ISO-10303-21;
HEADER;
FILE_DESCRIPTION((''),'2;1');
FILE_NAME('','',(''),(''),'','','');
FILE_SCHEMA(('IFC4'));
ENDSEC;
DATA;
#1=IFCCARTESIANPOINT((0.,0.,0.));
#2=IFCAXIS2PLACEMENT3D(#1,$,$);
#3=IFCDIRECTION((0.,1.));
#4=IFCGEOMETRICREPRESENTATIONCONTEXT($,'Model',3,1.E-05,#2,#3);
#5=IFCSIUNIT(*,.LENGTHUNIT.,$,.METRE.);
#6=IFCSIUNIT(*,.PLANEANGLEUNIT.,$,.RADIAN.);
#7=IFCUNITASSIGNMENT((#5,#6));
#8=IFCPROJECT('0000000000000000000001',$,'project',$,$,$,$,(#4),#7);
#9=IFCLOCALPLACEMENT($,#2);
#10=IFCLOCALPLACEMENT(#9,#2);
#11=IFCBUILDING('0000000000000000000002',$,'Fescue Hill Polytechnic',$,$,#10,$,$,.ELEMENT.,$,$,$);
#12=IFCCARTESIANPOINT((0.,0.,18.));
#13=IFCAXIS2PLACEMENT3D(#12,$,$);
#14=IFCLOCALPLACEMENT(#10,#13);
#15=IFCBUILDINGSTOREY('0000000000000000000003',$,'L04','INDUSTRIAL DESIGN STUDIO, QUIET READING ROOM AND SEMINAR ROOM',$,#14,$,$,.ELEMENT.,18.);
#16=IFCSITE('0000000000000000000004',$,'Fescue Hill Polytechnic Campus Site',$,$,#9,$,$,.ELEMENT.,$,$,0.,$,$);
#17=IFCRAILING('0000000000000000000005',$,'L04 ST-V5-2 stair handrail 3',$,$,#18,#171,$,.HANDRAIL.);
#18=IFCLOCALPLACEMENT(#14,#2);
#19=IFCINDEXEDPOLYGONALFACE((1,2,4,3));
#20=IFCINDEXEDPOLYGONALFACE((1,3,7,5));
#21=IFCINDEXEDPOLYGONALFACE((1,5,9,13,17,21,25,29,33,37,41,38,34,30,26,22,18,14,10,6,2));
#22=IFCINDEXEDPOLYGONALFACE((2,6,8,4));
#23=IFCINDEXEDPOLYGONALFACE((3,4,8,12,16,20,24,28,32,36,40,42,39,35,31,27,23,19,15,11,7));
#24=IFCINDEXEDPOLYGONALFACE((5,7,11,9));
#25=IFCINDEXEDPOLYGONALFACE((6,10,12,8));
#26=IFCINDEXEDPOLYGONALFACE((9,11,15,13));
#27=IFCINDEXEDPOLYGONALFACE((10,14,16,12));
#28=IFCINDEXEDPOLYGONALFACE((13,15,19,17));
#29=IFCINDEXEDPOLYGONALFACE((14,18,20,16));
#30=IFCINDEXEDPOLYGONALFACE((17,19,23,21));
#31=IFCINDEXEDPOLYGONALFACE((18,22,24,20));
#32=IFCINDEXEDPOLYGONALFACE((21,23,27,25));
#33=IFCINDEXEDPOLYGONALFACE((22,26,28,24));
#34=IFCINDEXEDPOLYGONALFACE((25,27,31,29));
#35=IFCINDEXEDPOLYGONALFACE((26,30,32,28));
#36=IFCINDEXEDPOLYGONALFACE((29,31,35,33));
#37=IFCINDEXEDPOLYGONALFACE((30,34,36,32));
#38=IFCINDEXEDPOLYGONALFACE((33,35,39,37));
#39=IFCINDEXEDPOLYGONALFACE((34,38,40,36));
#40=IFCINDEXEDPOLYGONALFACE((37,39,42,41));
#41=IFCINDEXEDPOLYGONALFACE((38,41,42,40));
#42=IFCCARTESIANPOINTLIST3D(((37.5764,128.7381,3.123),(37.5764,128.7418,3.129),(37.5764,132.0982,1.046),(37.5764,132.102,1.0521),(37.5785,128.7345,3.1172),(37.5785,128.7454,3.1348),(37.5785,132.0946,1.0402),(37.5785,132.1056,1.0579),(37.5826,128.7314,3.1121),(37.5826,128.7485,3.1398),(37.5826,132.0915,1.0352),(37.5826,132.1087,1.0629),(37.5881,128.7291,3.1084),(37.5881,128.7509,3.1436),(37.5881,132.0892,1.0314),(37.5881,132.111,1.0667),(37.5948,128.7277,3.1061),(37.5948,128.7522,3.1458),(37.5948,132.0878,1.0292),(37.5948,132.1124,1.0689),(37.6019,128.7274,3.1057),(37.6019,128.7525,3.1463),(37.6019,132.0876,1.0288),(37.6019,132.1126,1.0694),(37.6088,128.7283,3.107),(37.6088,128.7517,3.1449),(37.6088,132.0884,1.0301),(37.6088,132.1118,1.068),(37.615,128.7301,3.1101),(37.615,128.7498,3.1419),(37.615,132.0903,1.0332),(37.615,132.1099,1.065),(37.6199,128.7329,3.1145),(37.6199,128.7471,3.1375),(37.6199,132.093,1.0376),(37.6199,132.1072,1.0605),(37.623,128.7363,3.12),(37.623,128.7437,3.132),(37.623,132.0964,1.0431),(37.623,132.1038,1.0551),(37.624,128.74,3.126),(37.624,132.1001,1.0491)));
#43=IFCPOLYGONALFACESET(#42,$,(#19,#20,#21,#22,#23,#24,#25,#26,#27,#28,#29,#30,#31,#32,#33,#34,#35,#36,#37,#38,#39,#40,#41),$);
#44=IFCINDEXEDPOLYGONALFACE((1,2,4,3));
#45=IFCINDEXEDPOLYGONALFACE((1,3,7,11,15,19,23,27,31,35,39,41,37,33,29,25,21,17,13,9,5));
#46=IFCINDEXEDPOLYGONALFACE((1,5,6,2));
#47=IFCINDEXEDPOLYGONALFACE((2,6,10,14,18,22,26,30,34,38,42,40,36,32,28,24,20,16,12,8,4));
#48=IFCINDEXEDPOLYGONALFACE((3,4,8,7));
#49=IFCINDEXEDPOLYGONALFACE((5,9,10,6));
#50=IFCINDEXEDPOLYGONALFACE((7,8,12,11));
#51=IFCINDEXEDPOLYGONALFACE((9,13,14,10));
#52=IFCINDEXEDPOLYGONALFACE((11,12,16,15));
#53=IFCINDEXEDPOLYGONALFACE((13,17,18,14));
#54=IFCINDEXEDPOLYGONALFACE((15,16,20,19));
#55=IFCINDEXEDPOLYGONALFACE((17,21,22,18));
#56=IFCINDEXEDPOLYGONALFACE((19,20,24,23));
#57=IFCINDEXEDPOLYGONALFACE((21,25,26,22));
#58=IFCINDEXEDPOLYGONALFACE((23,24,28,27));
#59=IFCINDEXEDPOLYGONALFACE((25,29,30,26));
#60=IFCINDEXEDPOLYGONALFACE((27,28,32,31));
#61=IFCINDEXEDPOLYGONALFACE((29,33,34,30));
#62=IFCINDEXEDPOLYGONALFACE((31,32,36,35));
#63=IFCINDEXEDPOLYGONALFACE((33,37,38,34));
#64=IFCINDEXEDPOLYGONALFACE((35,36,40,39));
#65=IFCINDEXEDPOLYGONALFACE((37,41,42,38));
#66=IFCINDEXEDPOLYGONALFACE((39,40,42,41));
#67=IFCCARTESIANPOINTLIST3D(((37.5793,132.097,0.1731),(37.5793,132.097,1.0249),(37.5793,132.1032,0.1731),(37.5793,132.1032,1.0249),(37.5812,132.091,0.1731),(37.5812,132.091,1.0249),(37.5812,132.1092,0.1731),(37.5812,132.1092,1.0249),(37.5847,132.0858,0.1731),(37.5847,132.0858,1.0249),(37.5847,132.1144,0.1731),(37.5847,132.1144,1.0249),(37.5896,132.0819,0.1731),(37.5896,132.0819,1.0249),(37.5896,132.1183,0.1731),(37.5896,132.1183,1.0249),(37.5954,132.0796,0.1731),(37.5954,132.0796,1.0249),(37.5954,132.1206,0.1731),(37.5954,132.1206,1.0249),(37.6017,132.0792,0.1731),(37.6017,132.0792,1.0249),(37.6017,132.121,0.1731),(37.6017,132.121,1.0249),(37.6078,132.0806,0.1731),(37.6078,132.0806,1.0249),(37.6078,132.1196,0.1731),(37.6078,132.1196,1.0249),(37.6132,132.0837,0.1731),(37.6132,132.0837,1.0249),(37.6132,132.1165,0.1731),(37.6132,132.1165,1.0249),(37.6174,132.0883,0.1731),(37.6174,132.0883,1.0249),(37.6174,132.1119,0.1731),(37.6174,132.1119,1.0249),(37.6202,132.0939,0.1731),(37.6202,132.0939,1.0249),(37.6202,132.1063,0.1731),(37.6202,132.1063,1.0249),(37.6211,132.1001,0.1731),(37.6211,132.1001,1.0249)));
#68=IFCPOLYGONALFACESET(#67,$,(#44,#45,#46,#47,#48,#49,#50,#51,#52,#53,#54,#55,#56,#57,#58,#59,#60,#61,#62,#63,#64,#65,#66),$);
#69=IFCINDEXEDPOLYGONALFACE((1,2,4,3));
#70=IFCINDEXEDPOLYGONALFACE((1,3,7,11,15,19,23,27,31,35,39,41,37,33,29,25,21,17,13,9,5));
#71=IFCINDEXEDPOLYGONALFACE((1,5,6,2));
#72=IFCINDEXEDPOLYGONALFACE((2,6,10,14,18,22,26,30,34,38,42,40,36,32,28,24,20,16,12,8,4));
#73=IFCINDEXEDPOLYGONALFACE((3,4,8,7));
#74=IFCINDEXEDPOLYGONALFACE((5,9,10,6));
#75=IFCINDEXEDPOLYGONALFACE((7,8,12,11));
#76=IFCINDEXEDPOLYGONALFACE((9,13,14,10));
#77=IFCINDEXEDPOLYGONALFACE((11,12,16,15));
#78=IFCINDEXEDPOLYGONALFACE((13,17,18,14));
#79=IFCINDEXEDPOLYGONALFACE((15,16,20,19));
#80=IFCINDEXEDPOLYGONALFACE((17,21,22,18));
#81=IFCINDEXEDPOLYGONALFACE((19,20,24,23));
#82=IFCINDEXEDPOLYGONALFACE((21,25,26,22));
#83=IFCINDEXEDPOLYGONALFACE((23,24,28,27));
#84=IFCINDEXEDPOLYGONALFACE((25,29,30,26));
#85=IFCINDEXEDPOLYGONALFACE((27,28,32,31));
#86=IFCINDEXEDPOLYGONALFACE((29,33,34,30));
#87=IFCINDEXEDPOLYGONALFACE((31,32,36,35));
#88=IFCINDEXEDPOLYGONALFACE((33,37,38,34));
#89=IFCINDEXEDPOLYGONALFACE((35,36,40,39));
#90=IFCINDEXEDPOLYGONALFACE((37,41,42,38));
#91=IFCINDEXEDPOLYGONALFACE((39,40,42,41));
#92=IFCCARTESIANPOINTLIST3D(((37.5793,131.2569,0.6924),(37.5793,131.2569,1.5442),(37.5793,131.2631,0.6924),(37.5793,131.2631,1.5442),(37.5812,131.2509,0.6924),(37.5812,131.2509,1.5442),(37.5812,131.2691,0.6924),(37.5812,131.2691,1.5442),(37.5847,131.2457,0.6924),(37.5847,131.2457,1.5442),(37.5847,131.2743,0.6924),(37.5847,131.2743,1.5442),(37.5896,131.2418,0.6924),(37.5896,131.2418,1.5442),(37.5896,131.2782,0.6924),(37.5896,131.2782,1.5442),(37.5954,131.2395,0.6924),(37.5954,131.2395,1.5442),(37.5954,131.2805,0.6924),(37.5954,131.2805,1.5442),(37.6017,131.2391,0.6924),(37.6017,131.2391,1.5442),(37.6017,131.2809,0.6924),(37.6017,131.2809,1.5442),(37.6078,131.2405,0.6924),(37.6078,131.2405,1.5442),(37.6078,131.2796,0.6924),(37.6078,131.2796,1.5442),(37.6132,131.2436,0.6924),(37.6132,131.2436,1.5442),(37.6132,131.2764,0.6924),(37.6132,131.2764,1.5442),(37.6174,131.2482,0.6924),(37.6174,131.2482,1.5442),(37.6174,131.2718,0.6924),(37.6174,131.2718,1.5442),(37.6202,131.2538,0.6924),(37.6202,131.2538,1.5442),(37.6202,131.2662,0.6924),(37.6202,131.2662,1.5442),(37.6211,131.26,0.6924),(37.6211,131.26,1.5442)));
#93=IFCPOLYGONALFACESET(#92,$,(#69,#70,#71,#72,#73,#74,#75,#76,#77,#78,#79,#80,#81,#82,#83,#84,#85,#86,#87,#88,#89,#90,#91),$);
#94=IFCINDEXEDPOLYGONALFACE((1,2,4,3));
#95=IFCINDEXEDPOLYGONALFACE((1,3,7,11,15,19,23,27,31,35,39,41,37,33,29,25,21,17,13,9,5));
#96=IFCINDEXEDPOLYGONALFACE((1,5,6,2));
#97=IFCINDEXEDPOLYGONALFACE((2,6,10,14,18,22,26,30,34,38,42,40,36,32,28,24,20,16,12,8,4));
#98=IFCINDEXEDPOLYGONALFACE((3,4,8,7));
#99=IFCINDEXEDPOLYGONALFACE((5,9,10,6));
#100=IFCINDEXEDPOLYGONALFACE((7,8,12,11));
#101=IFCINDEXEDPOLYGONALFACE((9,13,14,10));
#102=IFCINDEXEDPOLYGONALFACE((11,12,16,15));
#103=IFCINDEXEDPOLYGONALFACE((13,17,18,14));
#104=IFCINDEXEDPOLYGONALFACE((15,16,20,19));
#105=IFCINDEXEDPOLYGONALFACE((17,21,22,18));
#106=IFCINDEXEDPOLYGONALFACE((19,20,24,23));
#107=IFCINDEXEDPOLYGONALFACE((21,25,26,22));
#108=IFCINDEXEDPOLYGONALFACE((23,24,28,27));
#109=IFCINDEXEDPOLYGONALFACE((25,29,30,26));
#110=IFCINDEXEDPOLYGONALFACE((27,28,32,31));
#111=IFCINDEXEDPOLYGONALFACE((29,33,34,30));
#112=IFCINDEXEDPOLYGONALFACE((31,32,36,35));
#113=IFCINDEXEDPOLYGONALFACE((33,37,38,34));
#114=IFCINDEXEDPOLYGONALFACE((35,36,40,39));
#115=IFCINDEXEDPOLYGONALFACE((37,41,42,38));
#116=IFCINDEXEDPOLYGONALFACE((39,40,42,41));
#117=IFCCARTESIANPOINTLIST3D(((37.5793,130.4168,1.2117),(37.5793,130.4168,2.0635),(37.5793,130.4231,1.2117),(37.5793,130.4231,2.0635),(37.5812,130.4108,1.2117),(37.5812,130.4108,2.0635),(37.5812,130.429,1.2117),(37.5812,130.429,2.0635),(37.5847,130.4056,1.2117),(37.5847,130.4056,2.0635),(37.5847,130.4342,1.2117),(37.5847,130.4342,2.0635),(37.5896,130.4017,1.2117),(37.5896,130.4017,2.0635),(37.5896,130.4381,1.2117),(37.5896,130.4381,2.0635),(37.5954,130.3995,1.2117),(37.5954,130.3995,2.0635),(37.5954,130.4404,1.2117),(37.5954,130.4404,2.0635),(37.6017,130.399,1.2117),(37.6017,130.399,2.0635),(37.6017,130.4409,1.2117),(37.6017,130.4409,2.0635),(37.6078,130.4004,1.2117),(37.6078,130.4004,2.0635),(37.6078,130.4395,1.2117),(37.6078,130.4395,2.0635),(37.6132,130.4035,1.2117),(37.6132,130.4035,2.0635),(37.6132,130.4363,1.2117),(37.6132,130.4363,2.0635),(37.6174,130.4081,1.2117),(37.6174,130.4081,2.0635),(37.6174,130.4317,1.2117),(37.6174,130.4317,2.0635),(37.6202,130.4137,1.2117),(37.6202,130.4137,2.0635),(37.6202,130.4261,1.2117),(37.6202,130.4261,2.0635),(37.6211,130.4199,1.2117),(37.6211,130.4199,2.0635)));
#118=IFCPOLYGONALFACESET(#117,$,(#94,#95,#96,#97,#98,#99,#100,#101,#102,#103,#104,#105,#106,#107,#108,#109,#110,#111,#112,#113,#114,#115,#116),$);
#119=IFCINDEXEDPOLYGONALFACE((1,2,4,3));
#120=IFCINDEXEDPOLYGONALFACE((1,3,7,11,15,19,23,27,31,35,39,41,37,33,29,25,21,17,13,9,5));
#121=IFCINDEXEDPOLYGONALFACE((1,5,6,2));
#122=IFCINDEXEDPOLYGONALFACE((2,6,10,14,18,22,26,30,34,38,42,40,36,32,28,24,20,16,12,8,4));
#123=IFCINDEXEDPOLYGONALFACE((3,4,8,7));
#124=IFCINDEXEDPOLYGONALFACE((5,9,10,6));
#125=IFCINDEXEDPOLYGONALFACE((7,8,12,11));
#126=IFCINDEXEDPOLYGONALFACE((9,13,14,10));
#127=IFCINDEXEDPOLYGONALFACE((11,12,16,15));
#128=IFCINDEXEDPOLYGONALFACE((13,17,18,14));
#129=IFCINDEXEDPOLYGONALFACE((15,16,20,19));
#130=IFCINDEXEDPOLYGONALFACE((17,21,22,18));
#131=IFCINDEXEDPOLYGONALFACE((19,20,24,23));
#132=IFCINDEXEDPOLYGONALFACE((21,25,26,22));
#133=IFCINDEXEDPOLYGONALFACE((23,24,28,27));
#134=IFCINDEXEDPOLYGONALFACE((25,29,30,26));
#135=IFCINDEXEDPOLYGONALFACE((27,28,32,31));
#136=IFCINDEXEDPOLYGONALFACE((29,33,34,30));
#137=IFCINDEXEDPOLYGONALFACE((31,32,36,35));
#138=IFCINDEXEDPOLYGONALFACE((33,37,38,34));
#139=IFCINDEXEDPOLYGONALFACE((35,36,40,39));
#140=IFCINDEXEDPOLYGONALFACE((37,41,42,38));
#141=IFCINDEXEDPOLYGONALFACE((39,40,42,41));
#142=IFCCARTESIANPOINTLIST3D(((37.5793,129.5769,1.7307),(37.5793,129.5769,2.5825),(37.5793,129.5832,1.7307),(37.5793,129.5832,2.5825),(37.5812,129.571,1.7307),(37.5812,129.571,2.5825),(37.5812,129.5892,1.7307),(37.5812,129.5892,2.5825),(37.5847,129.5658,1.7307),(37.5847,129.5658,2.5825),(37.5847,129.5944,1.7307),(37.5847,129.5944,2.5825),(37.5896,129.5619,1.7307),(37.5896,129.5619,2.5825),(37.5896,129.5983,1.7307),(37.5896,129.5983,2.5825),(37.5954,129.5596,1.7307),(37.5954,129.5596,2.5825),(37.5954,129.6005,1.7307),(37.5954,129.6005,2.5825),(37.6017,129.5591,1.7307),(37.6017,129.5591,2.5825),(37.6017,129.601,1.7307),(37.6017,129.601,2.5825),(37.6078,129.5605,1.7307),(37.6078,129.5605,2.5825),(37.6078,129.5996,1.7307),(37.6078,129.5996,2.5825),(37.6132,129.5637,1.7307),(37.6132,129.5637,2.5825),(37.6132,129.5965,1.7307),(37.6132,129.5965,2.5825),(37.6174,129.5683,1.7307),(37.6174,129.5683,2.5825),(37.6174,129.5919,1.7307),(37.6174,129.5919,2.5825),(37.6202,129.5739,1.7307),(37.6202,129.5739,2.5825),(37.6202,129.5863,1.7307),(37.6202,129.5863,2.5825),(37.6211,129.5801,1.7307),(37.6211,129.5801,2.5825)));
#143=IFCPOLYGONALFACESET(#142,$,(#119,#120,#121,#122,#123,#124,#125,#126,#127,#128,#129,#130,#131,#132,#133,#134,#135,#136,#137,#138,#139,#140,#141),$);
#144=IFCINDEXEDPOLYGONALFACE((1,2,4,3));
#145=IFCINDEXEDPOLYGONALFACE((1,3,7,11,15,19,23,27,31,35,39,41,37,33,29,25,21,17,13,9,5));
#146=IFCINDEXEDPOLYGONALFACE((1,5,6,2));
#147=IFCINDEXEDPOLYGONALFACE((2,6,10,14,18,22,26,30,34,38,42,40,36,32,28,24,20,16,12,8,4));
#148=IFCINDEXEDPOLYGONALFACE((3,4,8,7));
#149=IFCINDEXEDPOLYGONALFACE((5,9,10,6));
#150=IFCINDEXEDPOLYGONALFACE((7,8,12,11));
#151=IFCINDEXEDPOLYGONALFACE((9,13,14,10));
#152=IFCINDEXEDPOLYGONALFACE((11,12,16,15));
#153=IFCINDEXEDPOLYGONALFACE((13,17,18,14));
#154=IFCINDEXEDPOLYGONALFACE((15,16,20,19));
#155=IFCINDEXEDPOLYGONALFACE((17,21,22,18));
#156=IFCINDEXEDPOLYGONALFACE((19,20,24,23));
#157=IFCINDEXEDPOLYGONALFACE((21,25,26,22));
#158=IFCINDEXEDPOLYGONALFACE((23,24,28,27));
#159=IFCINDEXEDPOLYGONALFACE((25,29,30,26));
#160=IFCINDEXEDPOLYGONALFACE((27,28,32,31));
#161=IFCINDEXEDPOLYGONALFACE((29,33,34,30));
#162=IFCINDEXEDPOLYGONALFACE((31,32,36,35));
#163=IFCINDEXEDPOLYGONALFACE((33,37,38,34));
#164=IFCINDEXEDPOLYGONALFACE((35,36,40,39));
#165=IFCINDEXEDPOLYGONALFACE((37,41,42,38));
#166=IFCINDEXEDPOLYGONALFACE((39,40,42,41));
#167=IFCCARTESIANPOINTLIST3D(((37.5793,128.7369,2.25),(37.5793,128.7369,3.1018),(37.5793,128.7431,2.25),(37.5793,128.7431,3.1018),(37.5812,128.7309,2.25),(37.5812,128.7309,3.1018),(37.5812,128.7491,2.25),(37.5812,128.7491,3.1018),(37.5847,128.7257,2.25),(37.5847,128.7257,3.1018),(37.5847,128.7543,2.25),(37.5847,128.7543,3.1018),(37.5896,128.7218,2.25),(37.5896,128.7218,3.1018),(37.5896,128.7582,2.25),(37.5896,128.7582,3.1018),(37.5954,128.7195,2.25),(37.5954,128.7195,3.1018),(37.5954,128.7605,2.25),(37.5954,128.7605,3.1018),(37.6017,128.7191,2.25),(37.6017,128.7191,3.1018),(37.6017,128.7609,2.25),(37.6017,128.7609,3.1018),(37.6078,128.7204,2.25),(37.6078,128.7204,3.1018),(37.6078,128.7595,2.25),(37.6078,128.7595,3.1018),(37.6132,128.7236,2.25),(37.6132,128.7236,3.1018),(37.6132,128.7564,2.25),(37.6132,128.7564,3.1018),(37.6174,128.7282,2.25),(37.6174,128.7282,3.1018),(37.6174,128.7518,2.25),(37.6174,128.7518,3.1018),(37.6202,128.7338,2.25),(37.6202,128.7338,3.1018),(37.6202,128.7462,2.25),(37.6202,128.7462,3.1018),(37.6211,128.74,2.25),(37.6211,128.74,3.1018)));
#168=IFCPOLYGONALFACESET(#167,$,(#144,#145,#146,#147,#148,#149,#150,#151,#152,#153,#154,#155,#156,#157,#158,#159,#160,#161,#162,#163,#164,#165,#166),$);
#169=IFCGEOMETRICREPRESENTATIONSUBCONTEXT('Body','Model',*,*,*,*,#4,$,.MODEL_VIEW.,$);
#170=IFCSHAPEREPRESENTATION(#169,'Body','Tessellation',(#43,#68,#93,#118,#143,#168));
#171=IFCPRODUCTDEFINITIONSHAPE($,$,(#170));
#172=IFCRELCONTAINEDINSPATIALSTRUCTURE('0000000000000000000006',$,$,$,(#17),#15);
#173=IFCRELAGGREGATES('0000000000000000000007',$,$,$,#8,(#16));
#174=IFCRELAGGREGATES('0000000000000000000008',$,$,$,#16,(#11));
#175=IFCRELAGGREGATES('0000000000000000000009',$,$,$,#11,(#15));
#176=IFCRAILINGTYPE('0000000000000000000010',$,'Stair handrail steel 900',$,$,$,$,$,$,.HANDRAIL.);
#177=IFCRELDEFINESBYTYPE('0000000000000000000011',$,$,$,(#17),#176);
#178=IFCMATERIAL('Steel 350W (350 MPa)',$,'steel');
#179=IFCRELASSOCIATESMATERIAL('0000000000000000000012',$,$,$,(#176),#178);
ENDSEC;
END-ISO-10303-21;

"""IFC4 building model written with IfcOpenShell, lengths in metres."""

from ifc_helpers import new_model, si_unit, direction, frame, origin, origin_2d, place, context, subcontext, project, spatial, circle, extrude, material, type_object, element, save


model = new_model("IFC4")

# Units and contexts
model_context = context("Model", 3, precision=1e-05, world=origin(), true_north=direction((0.0, 1.0)))
body_context = subcontext(model_context, "Body", "Model", "MODEL_VIEW")
ifc_project = project(units=[si_unit("LENGTHUNIT", "METRE"), si_unit("PLANEANGLEUNIT", "RADIAN")], contexts=[model_context])

# Site, building, storey
site_placement = place(None, origin())
site = spatial("IfcSite", under=ifc_project, at=site_placement, Name="Fescue Hill Polytechnic Campus Site", CompositionType="ELEMENT", RefElevation=0.0)
building_placement = place(site_placement, origin())
building = spatial("IfcBuilding", under=site, at=building_placement, Name="Fescue Hill Polytechnic", CompositionType="ELEMENT")
storey_placement = place(building_placement, frame((0.0, 0.0, 18.0)))
storey = spatial("IfcBuildingStorey", under=building, at=storey_placement, Name="L04", Description="INDUSTRIAL DESIGN STUDIO, QUIET READING ROOM AND SEMINAR ROOM", CompositionType="ELEMENT", Elevation=18.0)

# Railing
ifc_material_1 = material(Name="Steel 350W (350 MPa)", Category="steel")
railing_type_1 = type_object("IfcRailingType", Name="Stair handrail steel 900", PredefinedType="HANDRAIL", material=ifc_material_1)
railing_1_placement = place(storey_placement, frame((37.6001, 132.1001, 0.1731)))
element("IfcRailing", 1, at=railing_1_placement, inside=storey, type_object=railing_type_1, Name="L04 ST-V5-2 stair handrail 3", PredefinedType="HANDRAIL", context=body_context, shape_type="SweptSolid", body=[
    extrude(circle(Radius=0.0239, at=origin_2d()), frame((0.0, 0.0, 0.876), z_axis=(0.0, -0.850623, 0.525776), x_axis=(1.0, 0.0, 0.0)), (0.0, 0.0, 1.0), 3.9502),
    extrude(circle(Radius=0.021, at=origin_2d()), origin(), (0.0, 0.0, 1.0), 0.8518),
    extrude(circle(Radius=0.021, at=origin_2d()), frame((0.0, -0.8401, 0.5193)), (0.0, 0.0, 1.0), 0.8518),
    extrude(circle(Radius=0.021, at=origin_2d()), frame((0.0, -1.6802, 1.0386)), (0.0, 0.0, 1.0), 0.8518),
    extrude(circle(Radius=0.021, at=origin_2d()), frame((0.0, -2.52, 1.5576)), (0.0, 0.0, 1.0), 0.8518),
    extrude(circle(Radius=0.021, at=origin_2d()), frame((0.0, -3.3601, 2.0769)), (0.0, 0.0, 1.0), 0.8518),
])

save(model, "model.ifc")
